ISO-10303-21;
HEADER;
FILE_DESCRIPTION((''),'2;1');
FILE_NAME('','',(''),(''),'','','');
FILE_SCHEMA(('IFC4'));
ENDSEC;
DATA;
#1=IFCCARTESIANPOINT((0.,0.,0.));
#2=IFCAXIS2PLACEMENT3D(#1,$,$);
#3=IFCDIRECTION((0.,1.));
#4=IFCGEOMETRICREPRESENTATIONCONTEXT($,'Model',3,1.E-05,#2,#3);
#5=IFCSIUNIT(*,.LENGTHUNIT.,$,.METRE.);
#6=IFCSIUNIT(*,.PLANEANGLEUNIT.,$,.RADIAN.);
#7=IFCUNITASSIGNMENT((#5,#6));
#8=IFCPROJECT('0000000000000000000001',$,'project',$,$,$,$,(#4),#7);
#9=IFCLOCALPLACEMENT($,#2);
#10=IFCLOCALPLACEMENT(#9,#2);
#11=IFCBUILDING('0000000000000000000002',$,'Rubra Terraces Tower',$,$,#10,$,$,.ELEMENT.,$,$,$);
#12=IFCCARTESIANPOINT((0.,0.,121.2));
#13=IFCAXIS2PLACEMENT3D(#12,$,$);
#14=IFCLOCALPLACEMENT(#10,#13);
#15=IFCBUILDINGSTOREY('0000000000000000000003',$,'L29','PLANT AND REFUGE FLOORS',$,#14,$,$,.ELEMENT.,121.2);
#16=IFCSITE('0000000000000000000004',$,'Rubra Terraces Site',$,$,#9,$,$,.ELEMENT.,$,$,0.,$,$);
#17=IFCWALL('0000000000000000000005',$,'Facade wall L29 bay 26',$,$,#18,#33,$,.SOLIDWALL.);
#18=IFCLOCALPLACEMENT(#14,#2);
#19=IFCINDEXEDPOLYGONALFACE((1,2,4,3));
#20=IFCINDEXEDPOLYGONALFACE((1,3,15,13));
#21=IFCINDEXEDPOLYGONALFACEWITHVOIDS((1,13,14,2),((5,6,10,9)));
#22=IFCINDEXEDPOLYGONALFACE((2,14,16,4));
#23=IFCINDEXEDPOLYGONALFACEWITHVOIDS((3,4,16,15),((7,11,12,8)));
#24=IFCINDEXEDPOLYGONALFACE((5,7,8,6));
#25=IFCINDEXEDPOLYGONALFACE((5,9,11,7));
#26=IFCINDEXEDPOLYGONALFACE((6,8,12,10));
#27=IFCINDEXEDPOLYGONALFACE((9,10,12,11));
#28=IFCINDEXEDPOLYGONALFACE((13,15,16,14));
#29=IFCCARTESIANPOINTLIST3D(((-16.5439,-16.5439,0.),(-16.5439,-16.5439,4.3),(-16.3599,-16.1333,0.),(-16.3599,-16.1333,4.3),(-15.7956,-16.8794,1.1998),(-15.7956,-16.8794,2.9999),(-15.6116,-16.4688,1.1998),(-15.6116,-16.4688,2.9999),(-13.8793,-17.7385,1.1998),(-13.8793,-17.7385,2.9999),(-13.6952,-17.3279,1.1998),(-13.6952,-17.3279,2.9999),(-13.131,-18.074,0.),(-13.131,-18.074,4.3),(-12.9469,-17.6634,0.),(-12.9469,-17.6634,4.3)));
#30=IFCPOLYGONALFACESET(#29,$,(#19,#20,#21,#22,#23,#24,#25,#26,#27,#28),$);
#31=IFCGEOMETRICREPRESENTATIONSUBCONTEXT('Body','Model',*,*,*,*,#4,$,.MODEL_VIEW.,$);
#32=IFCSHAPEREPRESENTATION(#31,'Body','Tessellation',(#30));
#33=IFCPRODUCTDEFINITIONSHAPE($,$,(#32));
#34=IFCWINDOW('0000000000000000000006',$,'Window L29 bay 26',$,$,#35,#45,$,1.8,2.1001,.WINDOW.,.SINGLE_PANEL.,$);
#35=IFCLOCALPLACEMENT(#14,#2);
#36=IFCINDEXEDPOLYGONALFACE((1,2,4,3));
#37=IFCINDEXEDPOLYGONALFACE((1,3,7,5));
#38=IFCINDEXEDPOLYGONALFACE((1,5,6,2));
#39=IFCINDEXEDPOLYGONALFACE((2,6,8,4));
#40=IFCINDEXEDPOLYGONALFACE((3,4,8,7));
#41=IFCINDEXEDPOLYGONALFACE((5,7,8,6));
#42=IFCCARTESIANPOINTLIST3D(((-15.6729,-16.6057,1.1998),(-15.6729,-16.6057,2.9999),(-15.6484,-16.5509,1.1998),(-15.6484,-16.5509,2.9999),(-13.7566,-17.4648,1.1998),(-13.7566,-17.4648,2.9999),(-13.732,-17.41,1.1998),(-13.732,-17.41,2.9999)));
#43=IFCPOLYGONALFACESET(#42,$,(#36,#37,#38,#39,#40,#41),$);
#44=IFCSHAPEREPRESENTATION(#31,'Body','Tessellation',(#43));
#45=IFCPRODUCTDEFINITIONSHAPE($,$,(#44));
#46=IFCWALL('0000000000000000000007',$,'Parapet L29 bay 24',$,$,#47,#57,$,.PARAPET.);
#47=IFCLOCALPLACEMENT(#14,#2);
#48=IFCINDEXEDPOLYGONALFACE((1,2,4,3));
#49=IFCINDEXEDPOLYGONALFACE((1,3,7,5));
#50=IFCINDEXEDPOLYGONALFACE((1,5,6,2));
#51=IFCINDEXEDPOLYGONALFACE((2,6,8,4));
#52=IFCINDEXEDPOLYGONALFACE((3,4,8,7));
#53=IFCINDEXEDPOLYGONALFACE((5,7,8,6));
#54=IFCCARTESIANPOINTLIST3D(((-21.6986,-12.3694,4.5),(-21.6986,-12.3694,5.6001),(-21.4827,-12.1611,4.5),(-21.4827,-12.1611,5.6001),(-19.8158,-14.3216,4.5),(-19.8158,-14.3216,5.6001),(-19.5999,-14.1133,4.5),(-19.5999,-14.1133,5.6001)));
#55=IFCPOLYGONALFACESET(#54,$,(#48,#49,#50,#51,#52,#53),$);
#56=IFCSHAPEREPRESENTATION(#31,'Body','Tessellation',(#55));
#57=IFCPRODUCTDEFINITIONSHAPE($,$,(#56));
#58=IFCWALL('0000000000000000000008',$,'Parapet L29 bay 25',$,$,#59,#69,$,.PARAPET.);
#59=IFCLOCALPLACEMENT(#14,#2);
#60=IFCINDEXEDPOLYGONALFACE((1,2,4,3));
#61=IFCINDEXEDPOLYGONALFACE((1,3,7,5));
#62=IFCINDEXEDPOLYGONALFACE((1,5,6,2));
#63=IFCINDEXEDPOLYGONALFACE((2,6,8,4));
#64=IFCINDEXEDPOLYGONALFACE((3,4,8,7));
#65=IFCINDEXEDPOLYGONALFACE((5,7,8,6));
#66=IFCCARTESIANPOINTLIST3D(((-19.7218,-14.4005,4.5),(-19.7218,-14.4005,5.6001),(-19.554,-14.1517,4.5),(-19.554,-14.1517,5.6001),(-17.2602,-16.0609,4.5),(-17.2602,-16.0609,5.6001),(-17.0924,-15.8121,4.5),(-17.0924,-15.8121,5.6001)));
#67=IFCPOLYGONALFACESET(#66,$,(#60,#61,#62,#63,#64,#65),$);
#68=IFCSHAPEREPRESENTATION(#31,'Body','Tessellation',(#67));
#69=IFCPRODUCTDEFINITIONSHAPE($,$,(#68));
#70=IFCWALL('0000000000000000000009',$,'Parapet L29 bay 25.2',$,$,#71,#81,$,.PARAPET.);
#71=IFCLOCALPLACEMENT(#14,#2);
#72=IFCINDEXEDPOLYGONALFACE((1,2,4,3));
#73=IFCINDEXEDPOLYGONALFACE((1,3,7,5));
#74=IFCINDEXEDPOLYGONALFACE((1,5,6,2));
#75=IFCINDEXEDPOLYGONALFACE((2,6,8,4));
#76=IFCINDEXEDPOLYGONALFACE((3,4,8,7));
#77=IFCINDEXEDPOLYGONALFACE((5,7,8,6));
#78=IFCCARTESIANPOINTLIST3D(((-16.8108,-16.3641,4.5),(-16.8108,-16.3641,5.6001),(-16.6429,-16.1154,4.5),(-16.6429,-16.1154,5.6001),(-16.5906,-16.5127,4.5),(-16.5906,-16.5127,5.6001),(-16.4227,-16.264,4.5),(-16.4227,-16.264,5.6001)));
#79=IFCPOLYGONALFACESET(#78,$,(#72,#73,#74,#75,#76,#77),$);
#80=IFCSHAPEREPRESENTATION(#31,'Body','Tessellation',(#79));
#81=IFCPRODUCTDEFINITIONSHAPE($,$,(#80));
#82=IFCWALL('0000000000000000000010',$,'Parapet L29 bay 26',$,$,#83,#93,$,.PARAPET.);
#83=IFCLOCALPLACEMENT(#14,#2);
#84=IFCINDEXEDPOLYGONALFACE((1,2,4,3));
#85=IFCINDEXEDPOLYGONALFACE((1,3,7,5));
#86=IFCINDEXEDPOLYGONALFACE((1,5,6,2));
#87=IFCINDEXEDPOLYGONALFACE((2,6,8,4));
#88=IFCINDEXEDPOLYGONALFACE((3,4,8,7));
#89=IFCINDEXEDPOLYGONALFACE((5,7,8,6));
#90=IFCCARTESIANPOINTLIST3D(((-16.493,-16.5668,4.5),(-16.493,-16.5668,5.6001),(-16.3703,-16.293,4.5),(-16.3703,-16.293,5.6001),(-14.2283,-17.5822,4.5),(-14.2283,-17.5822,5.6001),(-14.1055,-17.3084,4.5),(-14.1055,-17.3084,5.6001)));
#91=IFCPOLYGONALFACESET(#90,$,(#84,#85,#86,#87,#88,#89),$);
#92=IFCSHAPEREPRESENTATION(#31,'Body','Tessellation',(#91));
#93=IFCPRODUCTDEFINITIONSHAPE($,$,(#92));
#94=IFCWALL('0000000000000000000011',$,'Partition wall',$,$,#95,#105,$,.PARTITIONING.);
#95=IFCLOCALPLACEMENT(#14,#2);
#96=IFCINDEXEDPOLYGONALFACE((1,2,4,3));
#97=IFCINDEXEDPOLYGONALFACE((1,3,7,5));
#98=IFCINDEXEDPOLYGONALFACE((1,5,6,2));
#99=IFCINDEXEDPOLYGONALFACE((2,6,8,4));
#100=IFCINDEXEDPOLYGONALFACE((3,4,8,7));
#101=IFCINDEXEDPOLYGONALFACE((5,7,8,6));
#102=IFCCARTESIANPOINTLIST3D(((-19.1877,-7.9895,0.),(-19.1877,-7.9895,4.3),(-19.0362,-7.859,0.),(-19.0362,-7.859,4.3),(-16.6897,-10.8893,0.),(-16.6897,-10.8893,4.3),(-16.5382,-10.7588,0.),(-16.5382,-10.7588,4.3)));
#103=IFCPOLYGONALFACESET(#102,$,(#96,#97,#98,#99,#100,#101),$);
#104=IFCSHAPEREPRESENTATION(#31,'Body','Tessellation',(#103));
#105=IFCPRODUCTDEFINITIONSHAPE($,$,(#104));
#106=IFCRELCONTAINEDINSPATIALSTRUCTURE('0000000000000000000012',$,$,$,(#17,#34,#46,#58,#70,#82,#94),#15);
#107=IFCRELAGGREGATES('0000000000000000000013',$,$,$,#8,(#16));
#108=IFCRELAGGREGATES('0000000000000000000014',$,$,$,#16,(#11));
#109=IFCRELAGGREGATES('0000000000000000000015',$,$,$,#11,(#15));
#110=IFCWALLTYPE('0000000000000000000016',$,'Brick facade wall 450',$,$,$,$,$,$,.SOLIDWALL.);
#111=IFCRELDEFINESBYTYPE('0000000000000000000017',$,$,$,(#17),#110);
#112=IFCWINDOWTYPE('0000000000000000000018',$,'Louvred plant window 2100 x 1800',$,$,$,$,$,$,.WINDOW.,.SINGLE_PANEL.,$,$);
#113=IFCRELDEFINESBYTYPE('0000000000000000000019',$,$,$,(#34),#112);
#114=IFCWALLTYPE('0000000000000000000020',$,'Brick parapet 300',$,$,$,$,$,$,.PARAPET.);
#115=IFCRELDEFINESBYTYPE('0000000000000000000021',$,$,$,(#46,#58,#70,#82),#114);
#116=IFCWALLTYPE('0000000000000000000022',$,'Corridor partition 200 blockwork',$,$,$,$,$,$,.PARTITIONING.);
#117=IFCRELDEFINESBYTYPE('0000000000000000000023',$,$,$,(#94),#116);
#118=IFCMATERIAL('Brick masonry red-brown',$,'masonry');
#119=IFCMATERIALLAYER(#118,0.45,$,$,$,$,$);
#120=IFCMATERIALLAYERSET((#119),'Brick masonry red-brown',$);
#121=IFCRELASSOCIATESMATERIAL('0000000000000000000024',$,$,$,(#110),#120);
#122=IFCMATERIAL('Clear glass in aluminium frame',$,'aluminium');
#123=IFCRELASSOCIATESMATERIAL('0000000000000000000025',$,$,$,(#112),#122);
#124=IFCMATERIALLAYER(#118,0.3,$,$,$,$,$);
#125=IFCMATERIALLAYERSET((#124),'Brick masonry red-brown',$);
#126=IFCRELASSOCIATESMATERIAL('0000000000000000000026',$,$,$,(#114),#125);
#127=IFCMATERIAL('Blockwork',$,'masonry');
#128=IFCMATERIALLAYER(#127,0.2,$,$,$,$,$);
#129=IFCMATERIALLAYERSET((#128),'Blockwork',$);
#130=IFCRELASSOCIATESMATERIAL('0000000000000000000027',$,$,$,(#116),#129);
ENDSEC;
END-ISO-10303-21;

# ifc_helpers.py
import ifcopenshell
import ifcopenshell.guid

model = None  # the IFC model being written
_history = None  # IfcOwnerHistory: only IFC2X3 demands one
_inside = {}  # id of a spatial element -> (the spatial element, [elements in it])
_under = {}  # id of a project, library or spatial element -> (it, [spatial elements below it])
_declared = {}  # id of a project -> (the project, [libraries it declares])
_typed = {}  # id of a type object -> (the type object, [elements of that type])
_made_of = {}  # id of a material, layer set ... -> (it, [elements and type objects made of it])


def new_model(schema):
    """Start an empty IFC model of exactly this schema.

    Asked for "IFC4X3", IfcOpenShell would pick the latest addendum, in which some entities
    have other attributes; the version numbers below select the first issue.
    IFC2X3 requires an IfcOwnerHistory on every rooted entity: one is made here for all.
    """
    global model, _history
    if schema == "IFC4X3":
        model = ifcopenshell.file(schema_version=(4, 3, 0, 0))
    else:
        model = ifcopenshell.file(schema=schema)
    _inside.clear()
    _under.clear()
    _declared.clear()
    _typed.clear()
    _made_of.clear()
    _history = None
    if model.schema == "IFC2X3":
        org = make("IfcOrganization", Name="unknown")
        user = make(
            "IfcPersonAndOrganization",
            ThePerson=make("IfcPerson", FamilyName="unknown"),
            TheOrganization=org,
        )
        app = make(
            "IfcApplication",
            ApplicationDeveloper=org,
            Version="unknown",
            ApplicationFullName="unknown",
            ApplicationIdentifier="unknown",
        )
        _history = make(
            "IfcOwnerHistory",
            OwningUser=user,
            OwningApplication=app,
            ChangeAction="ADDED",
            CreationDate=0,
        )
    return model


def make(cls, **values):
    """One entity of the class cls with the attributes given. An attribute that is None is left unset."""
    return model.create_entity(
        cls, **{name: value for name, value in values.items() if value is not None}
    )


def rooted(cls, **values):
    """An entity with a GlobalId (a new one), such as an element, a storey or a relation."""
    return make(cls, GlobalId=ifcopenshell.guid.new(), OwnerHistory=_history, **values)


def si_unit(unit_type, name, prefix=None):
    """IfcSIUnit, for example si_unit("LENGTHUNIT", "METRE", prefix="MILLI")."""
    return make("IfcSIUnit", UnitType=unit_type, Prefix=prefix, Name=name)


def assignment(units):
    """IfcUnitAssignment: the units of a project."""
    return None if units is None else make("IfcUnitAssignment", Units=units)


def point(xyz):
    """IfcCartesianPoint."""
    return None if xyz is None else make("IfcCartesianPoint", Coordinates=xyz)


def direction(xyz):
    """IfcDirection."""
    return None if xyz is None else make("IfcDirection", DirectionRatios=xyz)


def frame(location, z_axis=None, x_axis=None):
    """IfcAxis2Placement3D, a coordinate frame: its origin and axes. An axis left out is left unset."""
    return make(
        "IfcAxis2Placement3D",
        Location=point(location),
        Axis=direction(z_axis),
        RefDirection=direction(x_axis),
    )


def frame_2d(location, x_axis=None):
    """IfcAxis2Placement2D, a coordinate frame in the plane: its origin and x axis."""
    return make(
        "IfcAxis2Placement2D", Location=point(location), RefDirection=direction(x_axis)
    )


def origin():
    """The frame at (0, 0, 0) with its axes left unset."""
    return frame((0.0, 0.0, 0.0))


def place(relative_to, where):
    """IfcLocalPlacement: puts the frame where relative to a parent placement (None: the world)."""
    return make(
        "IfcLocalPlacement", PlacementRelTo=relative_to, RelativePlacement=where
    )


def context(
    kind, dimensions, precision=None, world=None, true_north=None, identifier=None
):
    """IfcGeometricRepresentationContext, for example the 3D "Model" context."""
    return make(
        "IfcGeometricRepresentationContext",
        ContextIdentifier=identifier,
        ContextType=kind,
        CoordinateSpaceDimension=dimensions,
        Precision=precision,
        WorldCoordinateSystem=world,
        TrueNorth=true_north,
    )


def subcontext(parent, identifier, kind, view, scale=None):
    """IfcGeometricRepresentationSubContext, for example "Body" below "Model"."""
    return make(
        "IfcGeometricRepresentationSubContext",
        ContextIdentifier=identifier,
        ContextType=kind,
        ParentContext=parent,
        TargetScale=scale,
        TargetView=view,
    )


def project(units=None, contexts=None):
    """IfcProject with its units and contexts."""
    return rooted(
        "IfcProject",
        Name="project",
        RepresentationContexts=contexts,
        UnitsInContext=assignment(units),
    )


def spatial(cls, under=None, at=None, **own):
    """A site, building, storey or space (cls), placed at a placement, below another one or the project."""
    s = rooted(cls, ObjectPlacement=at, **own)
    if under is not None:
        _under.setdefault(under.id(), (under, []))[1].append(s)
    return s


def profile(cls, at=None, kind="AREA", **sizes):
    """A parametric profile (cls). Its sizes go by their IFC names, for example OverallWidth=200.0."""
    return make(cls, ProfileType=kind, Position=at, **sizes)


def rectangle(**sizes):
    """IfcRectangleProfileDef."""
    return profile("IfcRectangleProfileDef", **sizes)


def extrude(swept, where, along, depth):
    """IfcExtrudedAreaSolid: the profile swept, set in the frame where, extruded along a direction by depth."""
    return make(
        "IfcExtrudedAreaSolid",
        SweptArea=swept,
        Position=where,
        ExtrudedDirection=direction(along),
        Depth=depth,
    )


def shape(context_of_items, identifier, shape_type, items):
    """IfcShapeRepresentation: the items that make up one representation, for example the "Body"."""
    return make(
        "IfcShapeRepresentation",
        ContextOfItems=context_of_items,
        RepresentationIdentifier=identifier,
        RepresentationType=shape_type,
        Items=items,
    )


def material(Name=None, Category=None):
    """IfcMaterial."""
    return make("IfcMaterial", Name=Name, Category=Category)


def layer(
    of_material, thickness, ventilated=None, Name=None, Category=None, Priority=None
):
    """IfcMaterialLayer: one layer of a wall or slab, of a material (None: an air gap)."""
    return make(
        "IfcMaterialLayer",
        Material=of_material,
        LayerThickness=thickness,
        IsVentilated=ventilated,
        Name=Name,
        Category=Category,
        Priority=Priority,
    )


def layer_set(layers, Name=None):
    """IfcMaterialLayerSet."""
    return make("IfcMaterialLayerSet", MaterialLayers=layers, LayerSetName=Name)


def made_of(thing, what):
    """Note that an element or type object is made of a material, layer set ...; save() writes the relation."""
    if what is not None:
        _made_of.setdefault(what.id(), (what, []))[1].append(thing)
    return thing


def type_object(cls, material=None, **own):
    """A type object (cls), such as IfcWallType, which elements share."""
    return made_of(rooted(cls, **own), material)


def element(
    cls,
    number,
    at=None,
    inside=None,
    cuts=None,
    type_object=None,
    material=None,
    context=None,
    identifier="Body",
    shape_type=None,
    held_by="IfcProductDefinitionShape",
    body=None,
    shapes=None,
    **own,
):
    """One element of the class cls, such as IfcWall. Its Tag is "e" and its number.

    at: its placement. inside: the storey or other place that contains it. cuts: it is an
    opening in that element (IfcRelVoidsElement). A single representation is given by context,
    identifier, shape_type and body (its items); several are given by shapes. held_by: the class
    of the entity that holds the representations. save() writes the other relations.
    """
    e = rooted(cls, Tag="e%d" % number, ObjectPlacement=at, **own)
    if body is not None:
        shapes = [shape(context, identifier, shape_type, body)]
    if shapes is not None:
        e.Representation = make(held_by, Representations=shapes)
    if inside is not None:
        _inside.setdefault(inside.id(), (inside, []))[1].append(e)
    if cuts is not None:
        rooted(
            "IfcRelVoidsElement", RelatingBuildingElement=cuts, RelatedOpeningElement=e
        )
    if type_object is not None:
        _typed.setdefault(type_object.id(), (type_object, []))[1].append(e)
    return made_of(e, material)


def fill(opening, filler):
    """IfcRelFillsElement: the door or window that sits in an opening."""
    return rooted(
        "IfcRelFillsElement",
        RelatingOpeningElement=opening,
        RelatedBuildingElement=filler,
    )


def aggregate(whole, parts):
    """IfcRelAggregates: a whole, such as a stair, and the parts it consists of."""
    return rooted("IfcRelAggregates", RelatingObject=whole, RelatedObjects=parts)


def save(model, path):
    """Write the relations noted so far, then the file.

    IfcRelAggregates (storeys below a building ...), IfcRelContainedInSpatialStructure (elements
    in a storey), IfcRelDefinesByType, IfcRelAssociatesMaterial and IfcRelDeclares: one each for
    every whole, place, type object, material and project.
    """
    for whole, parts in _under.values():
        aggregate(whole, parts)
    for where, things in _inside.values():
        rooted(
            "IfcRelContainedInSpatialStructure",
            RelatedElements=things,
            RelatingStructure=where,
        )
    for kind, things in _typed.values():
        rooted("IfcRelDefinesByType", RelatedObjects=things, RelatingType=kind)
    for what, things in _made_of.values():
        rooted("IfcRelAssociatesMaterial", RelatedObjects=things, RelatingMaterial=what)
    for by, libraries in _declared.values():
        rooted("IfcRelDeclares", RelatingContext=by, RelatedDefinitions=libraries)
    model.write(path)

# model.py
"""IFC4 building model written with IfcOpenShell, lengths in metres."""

from ifc_helpers import new_model, si_unit, direction, frame, frame_2d, origin, place, context, subcontext, project, spatial, rectangle, extrude, material, layer, layer_set, type_object, element, fill, save


model = new_model("IFC4")

# Units and contexts
model_context = context("Model", 3, precision=1e-05, world=origin(), true_north=direction((0.0, 1.0)))
body_context = subcontext(model_context, "Body", "Model", "MODEL_VIEW")
ifc_project = project(units=[si_unit("LENGTHUNIT", "METRE"), si_unit("PLANEANGLEUNIT", "RADIAN")], contexts=[model_context])

# Site, building, storey
site_placement = place(None, origin())
site = spatial("IfcSite", under=ifc_project, at=site_placement, Name="Rubra Terraces Site", CompositionType="ELEMENT", RefElevation=0.0)
building_placement = place(site_placement, origin())
building = spatial("IfcBuilding", under=site, at=building_placement, Name="Rubra Terraces Tower", CompositionType="ELEMENT")
storey_placement = place(building_placement, frame((0.0, 0.0, 121.2)))
storey = spatial("IfcBuildingStorey", under=building, at=storey_placement, Name="L29", Description="PLANT AND REFUGE FLOORS", CompositionType="ELEMENT", Elevation=121.2)

# Shared definitions
ifc_material_1 = material(Name="Brick masonry red-brown", Category="masonry")
ifc_layer_1 = layer(ifc_material_1, 0.45)
ifc_layer_set_1 = layer_set([ifc_layer_1], Name="Brick masonry red-brown")
wall_type_1 = type_object("IfcWallType", Name="Brick facade wall 450", PredefinedType="SOLIDWALL", material=ifc_layer_set_1)
ifc_material_2 = material(Name="Clear glass in aluminium frame", Category="aluminium")
window_type = type_object("IfcWindowType", Name="Louvred plant window 2100 x 1800", PartitioningType="SINGLE_PANEL", PredefinedType="WINDOW", material=ifc_material_2)

# Wall, opening, window
wall_1_placement = place(storey_placement, frame((-16.4519, -16.3386, 0.0), z_axis=(0.0, 0.0, 1.0), x_axis=(0.912496, -0.409086, 0.0)))
wall_1 = element("IfcWall", 1, at=wall_1_placement, inside=storey, type_object=wall_type_1, Name="Facade wall L29 bay 26", PredefinedType="SOLIDWALL", context=body_context, shape_type="SweptSolid", body=[
    extrude(rectangle(XDim=3.7402, YDim=0.45, at=frame_2d((1.8701, 0.0))), origin(), (0.0, 0.0, 1.0), 4.3),
])
opening_1_placement = place(wall_1_placement, frame((0.8201, 0.0, 1.2)))
opening_1 = element("IfcOpeningElement", 2, at=opening_1_placement, cuts=wall_1, PredefinedType="OPENING", context=body_context, shape_type="SweptSolid", body=[
    extrude(rectangle(XDim=2.1001, YDim=1.8, at=frame_2d((1.05, 0.8999))), frame((0.0, 0.2349, 0.0), z_axis=(0.0, -1.0, 0.0), x_axis=(1.0, 0.0, 0.0)), (0.0, 0.0, 1.0), 0.47),
])
window_1_placement = place(opening_1_placement, origin())
window_1 = element("IfcWindow", 3, at=window_1_placement, inside=storey, type_object=window_type, Name="Window L29 bay 26", OverallHeight=1.8, OverallWidth=2.1001, PartitioningType="SINGLE_PANEL", PredefinedType="WINDOW", context=body_context, shape_type="SweptSolid", body=[
    extrude(rectangle(XDim=2.1001, YDim=1.8, at=frame_2d((1.05, 0.8999))), frame((0.0, 0.135, 0.0), z_axis=(0.0, -1.0, 0.0), x_axis=(1.0, 0.0, 0.0)), (0.0, 0.0, 1.0), 0.0601),
])
fill(opening_1, window_1)

# Walls
ifc_layer_2 = layer(ifc_material_1, 0.3)
ifc_layer_set_2 = layer_set([ifc_layer_2], Name="Brick masonry red-brown")
wall_type_2 = type_object("IfcWallType", Name="Brick parapet 300", PredefinedType="PARAPET", material=ifc_layer_set_2)
wall_2_placement = place(storey_placement, frame((-21.5906, -12.2654, 4.5), z_axis=(0.0, 0.0, 1.0), x_axis=(0.694209, -0.719774, 0.0)))
element("IfcWall", 4, at=wall_2_placement, inside=storey, type_object=wall_type_2, Name="Parapet L29 bay 24", PredefinedType="PARAPET", context=body_context, shape_type="SweptSolid", body=[
    extrude(rectangle(XDim=2.7122, YDim=0.3, at=frame_2d((1.356, 0.0))), origin(), (0.0, 0.0, 1.0), 1.1001),
])
wall_3_placement = place(storey_placement, frame((-19.6379, -14.2761, 4.5), z_axis=(0.0, 0.0, 1.0), x_axis=(0.82904, -0.559189, 0.0)))
element("IfcWall", 5, at=wall_3_placement, inside=storey, type_object=wall_type_2, Name="Parapet L29 bay 25", PredefinedType="PARAPET", context=body_context, shape_type="SweptSolid", body=[
    extrude(rectangle(XDim=2.9692, YDim=0.3, at=frame_2d((1.4846, 0.0))), origin(), (0.0, 0.0, 1.0), 1.1001),
])
wall_4_placement = place(storey_placement, frame((-16.7268, -16.2397, 4.5), z_axis=(0.0, 0.0, 1.0), x_axis=(0.828785, -0.559568, 0.0)))
element("IfcWall", 6, at=wall_4_placement, inside=storey, type_object=wall_type_2, Name="Parapet L29 bay 25.2", PredefinedType="PARAPET", context=body_context, shape_type="SweptSolid", body=[
    extrude(rectangle(XDim=0.2656, YDim=0.3, at=frame_2d((0.1328, 0.0))), origin(), (0.0, 0.0, 1.0), 1.1001),
])
wall_5_placement = place(storey_placement, frame((-16.4316, -16.4299, 4.5), z_axis=(0.0, 0.0, 1.0), x_axis=(0.91248, -0.409121, 0.0)))
element("IfcWall", 7, at=wall_5_placement, inside=storey, type_object=wall_type_2, Name="Parapet L29 bay 26", PredefinedType="PARAPET", context=body_context, shape_type="SweptSolid", body=[
    extrude(rectangle(XDim=2.4819, YDim=0.3, at=frame_2d((1.241, 0.0))), origin(), (0.0, 0.0, 1.0), 1.1001),
])
ifc_material_3 = material(Name="Blockwork", Category="masonry")
ifc_layer_3 = layer(ifc_material_3, 0.2)
ifc_layer_set_3 = layer_set([ifc_layer_3], Name="Blockwork")
wall_type_3 = type_object("IfcWallType", Name="Corridor partition 200 blockwork", PredefinedType="PARTITIONING", material=ifc_layer_set_3)
wall_6_placement = place(storey_placement, frame((-16.614, -10.824, 0.0), z_axis=(0.0, 0.0, 1.0), x_axis=(-0.652659, 0.757651, 0.0)))
element("IfcWall", 8, at=wall_6_placement, inside=storey, type_object=wall_type_3, Name="Partition wall", PredefinedType="PARTITIONING", context=body_context, shape_type="SweptSolid", body=[
    extrude(rectangle(XDim=3.8274, YDim=0.2, at=frame_2d((1.9136, 0.0))), origin(), (0.0, 0.0, 1.0), 4.3),
])

save(model, "model.ifc")
